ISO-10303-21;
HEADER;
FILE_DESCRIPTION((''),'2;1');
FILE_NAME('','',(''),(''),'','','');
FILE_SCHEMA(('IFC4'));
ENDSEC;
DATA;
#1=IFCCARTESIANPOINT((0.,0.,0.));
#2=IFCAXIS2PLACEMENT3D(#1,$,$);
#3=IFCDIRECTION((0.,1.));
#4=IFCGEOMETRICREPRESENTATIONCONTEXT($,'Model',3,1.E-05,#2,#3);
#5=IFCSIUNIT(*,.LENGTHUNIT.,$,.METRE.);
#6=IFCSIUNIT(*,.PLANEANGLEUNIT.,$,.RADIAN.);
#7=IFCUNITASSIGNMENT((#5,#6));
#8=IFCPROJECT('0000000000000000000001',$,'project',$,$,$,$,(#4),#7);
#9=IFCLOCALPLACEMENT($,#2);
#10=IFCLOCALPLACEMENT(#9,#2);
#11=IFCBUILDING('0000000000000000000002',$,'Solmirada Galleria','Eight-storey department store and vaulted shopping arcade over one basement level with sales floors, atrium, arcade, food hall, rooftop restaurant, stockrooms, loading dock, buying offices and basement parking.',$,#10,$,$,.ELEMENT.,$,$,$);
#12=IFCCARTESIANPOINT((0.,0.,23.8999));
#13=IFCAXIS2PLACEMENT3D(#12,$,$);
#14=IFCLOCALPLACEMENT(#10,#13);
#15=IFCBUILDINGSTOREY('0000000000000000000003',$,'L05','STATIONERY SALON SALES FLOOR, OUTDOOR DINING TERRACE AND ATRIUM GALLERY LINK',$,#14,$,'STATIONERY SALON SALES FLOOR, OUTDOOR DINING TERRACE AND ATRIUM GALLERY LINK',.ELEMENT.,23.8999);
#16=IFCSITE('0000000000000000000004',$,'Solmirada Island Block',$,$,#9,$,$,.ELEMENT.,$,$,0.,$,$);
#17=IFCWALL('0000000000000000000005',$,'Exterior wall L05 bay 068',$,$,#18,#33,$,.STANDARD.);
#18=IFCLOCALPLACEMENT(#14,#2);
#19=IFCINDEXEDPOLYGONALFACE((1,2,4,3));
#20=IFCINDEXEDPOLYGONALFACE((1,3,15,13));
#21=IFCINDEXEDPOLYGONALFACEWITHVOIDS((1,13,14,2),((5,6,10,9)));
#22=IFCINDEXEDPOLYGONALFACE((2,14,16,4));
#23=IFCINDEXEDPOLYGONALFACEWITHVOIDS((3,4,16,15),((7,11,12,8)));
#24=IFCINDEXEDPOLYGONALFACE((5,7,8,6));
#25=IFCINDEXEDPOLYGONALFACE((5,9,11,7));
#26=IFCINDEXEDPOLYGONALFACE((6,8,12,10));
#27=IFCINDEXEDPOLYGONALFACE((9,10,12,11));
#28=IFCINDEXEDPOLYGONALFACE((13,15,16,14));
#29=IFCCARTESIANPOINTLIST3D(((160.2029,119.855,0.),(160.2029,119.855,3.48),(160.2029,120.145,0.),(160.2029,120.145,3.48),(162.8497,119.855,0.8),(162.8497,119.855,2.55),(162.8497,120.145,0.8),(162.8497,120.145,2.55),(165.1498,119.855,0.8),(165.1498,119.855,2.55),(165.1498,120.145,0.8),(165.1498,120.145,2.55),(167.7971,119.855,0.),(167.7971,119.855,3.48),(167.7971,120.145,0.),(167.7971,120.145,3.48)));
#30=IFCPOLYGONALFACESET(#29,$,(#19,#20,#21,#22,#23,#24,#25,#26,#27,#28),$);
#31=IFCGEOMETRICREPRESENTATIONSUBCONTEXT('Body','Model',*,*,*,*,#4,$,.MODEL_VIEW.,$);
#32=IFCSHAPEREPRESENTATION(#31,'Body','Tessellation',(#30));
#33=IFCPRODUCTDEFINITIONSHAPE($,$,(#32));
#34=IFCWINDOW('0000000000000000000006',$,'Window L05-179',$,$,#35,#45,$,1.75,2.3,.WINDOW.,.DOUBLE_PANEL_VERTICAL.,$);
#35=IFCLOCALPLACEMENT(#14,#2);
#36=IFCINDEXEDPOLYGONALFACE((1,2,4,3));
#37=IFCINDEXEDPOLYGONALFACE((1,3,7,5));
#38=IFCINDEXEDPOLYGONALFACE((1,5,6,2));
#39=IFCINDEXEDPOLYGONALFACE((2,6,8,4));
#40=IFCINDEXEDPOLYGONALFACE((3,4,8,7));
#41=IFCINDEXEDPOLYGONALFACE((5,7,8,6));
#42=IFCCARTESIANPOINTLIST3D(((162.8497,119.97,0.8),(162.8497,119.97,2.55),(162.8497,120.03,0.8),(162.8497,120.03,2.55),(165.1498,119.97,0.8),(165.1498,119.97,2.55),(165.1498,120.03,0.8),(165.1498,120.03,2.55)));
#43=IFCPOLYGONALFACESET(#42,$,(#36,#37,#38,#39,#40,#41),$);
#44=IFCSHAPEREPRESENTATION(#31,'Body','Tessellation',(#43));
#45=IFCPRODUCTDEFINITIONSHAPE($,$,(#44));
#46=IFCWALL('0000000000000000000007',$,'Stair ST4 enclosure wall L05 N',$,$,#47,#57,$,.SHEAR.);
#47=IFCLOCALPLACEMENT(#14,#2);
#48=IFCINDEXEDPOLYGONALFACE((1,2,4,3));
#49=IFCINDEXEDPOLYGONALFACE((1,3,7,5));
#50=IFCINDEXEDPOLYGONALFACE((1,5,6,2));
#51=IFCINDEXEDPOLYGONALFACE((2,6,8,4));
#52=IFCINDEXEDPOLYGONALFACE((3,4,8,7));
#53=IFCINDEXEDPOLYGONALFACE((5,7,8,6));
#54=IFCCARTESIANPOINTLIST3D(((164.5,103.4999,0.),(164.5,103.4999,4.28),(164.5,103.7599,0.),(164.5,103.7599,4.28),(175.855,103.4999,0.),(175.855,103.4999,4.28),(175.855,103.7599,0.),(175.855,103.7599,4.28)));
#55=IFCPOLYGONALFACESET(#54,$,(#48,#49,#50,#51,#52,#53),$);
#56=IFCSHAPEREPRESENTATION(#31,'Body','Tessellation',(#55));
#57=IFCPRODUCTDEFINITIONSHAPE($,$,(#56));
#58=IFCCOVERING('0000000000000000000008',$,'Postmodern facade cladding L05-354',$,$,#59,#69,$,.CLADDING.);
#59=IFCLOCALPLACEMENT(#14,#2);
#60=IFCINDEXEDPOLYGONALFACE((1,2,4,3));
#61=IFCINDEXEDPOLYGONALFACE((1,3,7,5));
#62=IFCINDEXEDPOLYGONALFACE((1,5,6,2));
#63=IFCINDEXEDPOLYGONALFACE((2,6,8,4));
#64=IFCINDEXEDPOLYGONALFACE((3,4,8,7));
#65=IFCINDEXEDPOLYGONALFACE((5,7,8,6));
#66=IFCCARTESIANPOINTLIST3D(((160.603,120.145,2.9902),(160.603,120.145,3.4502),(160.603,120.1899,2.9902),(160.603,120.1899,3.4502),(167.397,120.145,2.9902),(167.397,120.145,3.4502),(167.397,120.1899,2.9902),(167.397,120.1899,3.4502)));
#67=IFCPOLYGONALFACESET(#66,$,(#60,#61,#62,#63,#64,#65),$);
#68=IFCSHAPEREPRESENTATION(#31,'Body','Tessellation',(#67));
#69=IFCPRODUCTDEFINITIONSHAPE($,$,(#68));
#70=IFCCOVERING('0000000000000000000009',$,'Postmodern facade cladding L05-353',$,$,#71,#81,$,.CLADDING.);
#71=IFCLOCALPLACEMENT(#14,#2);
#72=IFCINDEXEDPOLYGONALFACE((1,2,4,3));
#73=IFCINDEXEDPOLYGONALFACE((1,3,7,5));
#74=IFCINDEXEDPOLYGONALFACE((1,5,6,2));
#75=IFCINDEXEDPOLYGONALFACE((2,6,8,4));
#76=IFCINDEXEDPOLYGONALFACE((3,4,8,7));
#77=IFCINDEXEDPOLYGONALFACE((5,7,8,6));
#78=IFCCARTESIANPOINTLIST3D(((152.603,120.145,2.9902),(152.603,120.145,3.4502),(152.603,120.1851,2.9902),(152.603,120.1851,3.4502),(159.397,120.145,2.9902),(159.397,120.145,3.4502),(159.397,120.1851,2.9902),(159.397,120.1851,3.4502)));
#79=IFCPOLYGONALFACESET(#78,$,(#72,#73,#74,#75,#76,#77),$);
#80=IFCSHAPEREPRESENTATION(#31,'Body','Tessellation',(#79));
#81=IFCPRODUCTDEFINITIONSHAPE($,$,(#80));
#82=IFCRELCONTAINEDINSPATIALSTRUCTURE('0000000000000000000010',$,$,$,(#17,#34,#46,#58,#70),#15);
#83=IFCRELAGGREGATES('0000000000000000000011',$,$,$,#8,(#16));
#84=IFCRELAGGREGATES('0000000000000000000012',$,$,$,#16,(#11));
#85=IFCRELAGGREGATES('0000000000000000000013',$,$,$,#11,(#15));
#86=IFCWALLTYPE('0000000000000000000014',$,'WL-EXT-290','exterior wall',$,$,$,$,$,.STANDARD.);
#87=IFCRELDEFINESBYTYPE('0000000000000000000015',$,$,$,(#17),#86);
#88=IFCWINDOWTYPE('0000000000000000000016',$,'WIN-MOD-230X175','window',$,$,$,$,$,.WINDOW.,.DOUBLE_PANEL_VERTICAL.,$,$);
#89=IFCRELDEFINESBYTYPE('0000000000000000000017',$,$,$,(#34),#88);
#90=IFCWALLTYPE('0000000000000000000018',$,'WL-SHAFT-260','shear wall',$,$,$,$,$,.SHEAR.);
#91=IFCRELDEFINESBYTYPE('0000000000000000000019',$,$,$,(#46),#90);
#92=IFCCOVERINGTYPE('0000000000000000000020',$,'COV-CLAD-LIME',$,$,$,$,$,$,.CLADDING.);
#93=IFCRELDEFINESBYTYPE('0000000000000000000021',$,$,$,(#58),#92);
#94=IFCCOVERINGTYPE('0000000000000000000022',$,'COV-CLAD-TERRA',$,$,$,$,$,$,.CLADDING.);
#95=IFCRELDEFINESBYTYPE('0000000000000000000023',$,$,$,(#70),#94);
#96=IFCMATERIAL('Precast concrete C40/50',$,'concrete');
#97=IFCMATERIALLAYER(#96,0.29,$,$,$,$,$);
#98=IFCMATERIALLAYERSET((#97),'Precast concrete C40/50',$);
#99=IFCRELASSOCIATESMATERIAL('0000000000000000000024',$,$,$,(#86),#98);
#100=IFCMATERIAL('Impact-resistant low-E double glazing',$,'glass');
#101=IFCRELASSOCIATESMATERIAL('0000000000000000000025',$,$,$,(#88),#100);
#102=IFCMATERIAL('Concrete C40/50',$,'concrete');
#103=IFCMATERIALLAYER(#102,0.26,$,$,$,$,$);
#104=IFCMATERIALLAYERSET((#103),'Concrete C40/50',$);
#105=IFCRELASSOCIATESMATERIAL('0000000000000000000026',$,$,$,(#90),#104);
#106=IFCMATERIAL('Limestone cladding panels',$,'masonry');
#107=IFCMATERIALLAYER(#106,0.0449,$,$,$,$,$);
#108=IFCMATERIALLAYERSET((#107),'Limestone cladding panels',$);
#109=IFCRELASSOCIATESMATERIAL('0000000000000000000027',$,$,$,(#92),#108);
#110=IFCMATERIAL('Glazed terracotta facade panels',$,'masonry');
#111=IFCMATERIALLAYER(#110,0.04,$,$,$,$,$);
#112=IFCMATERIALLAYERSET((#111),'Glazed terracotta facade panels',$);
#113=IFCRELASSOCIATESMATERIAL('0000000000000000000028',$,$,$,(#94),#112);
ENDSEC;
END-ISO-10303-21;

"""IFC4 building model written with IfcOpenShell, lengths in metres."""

from ifc_helpers import new_model, si_unit, direction, frame, frame_2d, origin, origin_2d, place, context, subcontext, project, spatial, rectangle, extrude, material, layer, layer_set, type_object, element, fill, save


model = new_model("IFC4")

# Units and contexts
model_context = context("Model", 3, precision=1e-05, world=origin(), true_north=direction((0.0, 1.0)))
body_context = subcontext(model_context, "Body", "Model", "MODEL_VIEW")
ifc_project = project(units=[si_unit("LENGTHUNIT", "METRE"), si_unit("PLANEANGLEUNIT", "RADIAN")], contexts=[model_context])

# Site, building, storey
site_placement = place(None, origin())
site = spatial("IfcSite", under=ifc_project, at=site_placement, Name="Solmirada Island Block", CompositionType="ELEMENT", RefElevation=0.0)
building_placement = place(site_placement, origin())
building = spatial("IfcBuilding", under=site, at=building_placement, Name="Solmirada Galleria", Description="Eight-storey department store and vaulted shopping arcade over one basement level with sales floors, atrium, arcade, food hall, rooftop restaurant, stockrooms, loading dock, buying offices and basement parking.", CompositionType="ELEMENT")
storey_placement = place(building_placement, frame((0.0, 0.0, 23.8999)))
storey = spatial("IfcBuildingStorey", under=building, at=storey_placement, Name="L05", Description="STATIONERY SALON SALES FLOOR, OUTDOOR DINING TERRACE AND ATRIUM GALLERY LINK", LongName="STATIONERY SALON SALES FLOOR, OUTDOOR DINING TERRACE AND ATRIUM GALLERY LINK", CompositionType="ELEMENT", Elevation=23.8999)

# Shared definitions
ifc_material_1 = material(Name="Concrete C40/50", Category="concrete")

# Wall, opening, window
ifc_material_2 = material(Name="Precast concrete C40/50", Category="concrete")
ifc_layer_1 = layer(ifc_material_2, 0.29)
ifc_layer_set_1 = layer_set([ifc_layer_1], Name="Precast concrete C40/50")
wall_type_1 = type_object("IfcWallType", Name="WL-EXT-290", Description="exterior wall", PredefinedType="STANDARD", material=ifc_layer_set_1)
wall_1_placement = place(storey_placement, frame((160.2029, 120.0, 0.0), z_axis=(0.0, 0.0, 1.0), x_axis=(1.0, 0.0, 0.0)))
wall_1 = element("IfcWall", 1, at=wall_1_placement, inside=storey, type_object=wall_type_1, Name="Exterior wall L05 bay 068", PredefinedType="STANDARD", context=body_context, shape_type="SweptSolid", body=[
    extrude(rectangle(XDim=7.5942, YDim=0.29, at=frame_2d((3.7971, 0.0))), origin(), (0.0, 0.0, 1.0), 3.48),
])
opening_placement = place(wall_1_placement, frame((2.647, 0.0, 0.8)))
opening = element("IfcOpeningElement", 2, at=opening_placement, cuts=wall_1, PredefinedType="OPENING", context=body_context, shape_type="SweptSolid", body=[
    extrude(rectangle(XDim=2.3, YDim=1.75, at=frame_2d((1.1499, 0.875))), frame((0.0, 0.155, 0.0), z_axis=(0.0, -1.0, 0.0), x_axis=(1.0, 0.0, 0.0)), (0.0, 0.0, 1.0), 0.3101),
])
ifc_material_3 = material(Name="Impact-resistant low-E double glazing", Category="glass")
window_type = type_object("IfcWindowType", Name="WIN-MOD-230X175", Description="window", PartitioningType="DOUBLE_PANEL_VERTICAL", PredefinedType="WINDOW", material=ifc_material_3)
window_placement = place(opening_placement, origin())
window = element("IfcWindow", 3, at=window_placement, inside=storey, type_object=window_type, Name="Window L05-179", OverallHeight=1.75, OverallWidth=2.3, PartitioningType="DOUBLE_PANEL_VERTICAL", PredefinedType="WINDOW", context=body_context, shape_type="SweptSolid", body=[
    extrude(rectangle(XDim=2.3, YDim=1.75, at=frame_2d((1.1499, 0.875))), frame((0.0, 0.03, 0.0), z_axis=(0.0, -1.0, 0.0), x_axis=(1.0, 0.0, 0.0)), (0.0, 0.0, 1.0), 0.0601),
])
fill(opening, window)

# Wall
ifc_layer_2 = layer(ifc_material_1, 0.26)
ifc_layer_set_2 = layer_set([ifc_layer_2], Name="Concrete C40/50")
wall_type_2 = type_object("IfcWallType", Name="WL-SHAFT-260", Description="shear wall", PredefinedType="SHEAR", material=ifc_layer_set_2)
wall_2_placement = place(storey_placement, frame((164.5, 103.6299, 0.0), z_axis=(0.0, 0.0, 1.0), x_axis=(1.0, 0.0, 0.0)))
element("IfcWall", 4, at=wall_2_placement, inside=storey, type_object=wall_type_2, Name="Stair ST4 enclosure wall L05 N", PredefinedType="SHEAR", context=body_context, shape_type="SweptSolid", body=[
    extrude(rectangle(XDim=11.355, YDim=0.26, at=frame_2d((5.6775, 0.0))), origin(), (0.0, 0.0, 1.0), 4.28),
])

# Coverings
ifc_material_4 = material(Name="Limestone cladding panels", Category="masonry")
ifc_layer_3 = layer(ifc_material_4, 0.0449)
ifc_layer_set_3 = layer_set([ifc_layer_3], Name="Limestone cladding panels")
covering_type_1 = type_object("IfcCoveringType", Name="COV-CLAD-LIME", PredefinedType="CLADDING", material=ifc_layer_set_3)
covering_1_placement = place(storey_placement, frame((164.0, 120.1675, 2.9902), z_axis=(0.0, 0.0, 1.0), x_axis=(1.0, 0.0, 0.0)))
element("IfcCovering", 5, at=covering_1_placement, inside=storey, type_object=covering_type_1, Name="Postmodern facade cladding L05-354", PredefinedType="CLADDING", context=body_context, shape_type="SweptSolid", body=[
    extrude(rectangle(XDim=6.7939, YDim=0.0449, at=origin_2d()), origin(), (0.0, 0.0, 1.0), 0.46),
])
ifc_material_5 = material(Name="Glazed terracotta facade panels", Category="masonry")
ifc_layer_4 = layer(ifc_material_5, 0.04)
ifc_layer_set_4 = layer_set([ifc_layer_4], Name="Glazed terracotta facade panels")
covering_type_2 = type_object("IfcCoveringType", Name="COV-CLAD-TERRA", PredefinedType="CLADDING", material=ifc_layer_set_4)
covering_2_placement = place(storey_placement, frame((156.0, 120.165, 2.9902), z_axis=(0.0, 0.0, 1.0), x_axis=(1.0, 0.0, 0.0)))
element("IfcCovering", 6, at=covering_2_placement, inside=storey, type_object=covering_type_2, Name="Postmodern facade cladding L05-353", PredefinedType="CLADDING", context=body_context, shape_type="SweptSolid", body=[
    extrude(rectangle(XDim=6.7939, YDim=0.04, at=origin_2d()), origin(), (0.0, 0.0, 1.0), 0.46),
])

save(model, "model.ifc")
